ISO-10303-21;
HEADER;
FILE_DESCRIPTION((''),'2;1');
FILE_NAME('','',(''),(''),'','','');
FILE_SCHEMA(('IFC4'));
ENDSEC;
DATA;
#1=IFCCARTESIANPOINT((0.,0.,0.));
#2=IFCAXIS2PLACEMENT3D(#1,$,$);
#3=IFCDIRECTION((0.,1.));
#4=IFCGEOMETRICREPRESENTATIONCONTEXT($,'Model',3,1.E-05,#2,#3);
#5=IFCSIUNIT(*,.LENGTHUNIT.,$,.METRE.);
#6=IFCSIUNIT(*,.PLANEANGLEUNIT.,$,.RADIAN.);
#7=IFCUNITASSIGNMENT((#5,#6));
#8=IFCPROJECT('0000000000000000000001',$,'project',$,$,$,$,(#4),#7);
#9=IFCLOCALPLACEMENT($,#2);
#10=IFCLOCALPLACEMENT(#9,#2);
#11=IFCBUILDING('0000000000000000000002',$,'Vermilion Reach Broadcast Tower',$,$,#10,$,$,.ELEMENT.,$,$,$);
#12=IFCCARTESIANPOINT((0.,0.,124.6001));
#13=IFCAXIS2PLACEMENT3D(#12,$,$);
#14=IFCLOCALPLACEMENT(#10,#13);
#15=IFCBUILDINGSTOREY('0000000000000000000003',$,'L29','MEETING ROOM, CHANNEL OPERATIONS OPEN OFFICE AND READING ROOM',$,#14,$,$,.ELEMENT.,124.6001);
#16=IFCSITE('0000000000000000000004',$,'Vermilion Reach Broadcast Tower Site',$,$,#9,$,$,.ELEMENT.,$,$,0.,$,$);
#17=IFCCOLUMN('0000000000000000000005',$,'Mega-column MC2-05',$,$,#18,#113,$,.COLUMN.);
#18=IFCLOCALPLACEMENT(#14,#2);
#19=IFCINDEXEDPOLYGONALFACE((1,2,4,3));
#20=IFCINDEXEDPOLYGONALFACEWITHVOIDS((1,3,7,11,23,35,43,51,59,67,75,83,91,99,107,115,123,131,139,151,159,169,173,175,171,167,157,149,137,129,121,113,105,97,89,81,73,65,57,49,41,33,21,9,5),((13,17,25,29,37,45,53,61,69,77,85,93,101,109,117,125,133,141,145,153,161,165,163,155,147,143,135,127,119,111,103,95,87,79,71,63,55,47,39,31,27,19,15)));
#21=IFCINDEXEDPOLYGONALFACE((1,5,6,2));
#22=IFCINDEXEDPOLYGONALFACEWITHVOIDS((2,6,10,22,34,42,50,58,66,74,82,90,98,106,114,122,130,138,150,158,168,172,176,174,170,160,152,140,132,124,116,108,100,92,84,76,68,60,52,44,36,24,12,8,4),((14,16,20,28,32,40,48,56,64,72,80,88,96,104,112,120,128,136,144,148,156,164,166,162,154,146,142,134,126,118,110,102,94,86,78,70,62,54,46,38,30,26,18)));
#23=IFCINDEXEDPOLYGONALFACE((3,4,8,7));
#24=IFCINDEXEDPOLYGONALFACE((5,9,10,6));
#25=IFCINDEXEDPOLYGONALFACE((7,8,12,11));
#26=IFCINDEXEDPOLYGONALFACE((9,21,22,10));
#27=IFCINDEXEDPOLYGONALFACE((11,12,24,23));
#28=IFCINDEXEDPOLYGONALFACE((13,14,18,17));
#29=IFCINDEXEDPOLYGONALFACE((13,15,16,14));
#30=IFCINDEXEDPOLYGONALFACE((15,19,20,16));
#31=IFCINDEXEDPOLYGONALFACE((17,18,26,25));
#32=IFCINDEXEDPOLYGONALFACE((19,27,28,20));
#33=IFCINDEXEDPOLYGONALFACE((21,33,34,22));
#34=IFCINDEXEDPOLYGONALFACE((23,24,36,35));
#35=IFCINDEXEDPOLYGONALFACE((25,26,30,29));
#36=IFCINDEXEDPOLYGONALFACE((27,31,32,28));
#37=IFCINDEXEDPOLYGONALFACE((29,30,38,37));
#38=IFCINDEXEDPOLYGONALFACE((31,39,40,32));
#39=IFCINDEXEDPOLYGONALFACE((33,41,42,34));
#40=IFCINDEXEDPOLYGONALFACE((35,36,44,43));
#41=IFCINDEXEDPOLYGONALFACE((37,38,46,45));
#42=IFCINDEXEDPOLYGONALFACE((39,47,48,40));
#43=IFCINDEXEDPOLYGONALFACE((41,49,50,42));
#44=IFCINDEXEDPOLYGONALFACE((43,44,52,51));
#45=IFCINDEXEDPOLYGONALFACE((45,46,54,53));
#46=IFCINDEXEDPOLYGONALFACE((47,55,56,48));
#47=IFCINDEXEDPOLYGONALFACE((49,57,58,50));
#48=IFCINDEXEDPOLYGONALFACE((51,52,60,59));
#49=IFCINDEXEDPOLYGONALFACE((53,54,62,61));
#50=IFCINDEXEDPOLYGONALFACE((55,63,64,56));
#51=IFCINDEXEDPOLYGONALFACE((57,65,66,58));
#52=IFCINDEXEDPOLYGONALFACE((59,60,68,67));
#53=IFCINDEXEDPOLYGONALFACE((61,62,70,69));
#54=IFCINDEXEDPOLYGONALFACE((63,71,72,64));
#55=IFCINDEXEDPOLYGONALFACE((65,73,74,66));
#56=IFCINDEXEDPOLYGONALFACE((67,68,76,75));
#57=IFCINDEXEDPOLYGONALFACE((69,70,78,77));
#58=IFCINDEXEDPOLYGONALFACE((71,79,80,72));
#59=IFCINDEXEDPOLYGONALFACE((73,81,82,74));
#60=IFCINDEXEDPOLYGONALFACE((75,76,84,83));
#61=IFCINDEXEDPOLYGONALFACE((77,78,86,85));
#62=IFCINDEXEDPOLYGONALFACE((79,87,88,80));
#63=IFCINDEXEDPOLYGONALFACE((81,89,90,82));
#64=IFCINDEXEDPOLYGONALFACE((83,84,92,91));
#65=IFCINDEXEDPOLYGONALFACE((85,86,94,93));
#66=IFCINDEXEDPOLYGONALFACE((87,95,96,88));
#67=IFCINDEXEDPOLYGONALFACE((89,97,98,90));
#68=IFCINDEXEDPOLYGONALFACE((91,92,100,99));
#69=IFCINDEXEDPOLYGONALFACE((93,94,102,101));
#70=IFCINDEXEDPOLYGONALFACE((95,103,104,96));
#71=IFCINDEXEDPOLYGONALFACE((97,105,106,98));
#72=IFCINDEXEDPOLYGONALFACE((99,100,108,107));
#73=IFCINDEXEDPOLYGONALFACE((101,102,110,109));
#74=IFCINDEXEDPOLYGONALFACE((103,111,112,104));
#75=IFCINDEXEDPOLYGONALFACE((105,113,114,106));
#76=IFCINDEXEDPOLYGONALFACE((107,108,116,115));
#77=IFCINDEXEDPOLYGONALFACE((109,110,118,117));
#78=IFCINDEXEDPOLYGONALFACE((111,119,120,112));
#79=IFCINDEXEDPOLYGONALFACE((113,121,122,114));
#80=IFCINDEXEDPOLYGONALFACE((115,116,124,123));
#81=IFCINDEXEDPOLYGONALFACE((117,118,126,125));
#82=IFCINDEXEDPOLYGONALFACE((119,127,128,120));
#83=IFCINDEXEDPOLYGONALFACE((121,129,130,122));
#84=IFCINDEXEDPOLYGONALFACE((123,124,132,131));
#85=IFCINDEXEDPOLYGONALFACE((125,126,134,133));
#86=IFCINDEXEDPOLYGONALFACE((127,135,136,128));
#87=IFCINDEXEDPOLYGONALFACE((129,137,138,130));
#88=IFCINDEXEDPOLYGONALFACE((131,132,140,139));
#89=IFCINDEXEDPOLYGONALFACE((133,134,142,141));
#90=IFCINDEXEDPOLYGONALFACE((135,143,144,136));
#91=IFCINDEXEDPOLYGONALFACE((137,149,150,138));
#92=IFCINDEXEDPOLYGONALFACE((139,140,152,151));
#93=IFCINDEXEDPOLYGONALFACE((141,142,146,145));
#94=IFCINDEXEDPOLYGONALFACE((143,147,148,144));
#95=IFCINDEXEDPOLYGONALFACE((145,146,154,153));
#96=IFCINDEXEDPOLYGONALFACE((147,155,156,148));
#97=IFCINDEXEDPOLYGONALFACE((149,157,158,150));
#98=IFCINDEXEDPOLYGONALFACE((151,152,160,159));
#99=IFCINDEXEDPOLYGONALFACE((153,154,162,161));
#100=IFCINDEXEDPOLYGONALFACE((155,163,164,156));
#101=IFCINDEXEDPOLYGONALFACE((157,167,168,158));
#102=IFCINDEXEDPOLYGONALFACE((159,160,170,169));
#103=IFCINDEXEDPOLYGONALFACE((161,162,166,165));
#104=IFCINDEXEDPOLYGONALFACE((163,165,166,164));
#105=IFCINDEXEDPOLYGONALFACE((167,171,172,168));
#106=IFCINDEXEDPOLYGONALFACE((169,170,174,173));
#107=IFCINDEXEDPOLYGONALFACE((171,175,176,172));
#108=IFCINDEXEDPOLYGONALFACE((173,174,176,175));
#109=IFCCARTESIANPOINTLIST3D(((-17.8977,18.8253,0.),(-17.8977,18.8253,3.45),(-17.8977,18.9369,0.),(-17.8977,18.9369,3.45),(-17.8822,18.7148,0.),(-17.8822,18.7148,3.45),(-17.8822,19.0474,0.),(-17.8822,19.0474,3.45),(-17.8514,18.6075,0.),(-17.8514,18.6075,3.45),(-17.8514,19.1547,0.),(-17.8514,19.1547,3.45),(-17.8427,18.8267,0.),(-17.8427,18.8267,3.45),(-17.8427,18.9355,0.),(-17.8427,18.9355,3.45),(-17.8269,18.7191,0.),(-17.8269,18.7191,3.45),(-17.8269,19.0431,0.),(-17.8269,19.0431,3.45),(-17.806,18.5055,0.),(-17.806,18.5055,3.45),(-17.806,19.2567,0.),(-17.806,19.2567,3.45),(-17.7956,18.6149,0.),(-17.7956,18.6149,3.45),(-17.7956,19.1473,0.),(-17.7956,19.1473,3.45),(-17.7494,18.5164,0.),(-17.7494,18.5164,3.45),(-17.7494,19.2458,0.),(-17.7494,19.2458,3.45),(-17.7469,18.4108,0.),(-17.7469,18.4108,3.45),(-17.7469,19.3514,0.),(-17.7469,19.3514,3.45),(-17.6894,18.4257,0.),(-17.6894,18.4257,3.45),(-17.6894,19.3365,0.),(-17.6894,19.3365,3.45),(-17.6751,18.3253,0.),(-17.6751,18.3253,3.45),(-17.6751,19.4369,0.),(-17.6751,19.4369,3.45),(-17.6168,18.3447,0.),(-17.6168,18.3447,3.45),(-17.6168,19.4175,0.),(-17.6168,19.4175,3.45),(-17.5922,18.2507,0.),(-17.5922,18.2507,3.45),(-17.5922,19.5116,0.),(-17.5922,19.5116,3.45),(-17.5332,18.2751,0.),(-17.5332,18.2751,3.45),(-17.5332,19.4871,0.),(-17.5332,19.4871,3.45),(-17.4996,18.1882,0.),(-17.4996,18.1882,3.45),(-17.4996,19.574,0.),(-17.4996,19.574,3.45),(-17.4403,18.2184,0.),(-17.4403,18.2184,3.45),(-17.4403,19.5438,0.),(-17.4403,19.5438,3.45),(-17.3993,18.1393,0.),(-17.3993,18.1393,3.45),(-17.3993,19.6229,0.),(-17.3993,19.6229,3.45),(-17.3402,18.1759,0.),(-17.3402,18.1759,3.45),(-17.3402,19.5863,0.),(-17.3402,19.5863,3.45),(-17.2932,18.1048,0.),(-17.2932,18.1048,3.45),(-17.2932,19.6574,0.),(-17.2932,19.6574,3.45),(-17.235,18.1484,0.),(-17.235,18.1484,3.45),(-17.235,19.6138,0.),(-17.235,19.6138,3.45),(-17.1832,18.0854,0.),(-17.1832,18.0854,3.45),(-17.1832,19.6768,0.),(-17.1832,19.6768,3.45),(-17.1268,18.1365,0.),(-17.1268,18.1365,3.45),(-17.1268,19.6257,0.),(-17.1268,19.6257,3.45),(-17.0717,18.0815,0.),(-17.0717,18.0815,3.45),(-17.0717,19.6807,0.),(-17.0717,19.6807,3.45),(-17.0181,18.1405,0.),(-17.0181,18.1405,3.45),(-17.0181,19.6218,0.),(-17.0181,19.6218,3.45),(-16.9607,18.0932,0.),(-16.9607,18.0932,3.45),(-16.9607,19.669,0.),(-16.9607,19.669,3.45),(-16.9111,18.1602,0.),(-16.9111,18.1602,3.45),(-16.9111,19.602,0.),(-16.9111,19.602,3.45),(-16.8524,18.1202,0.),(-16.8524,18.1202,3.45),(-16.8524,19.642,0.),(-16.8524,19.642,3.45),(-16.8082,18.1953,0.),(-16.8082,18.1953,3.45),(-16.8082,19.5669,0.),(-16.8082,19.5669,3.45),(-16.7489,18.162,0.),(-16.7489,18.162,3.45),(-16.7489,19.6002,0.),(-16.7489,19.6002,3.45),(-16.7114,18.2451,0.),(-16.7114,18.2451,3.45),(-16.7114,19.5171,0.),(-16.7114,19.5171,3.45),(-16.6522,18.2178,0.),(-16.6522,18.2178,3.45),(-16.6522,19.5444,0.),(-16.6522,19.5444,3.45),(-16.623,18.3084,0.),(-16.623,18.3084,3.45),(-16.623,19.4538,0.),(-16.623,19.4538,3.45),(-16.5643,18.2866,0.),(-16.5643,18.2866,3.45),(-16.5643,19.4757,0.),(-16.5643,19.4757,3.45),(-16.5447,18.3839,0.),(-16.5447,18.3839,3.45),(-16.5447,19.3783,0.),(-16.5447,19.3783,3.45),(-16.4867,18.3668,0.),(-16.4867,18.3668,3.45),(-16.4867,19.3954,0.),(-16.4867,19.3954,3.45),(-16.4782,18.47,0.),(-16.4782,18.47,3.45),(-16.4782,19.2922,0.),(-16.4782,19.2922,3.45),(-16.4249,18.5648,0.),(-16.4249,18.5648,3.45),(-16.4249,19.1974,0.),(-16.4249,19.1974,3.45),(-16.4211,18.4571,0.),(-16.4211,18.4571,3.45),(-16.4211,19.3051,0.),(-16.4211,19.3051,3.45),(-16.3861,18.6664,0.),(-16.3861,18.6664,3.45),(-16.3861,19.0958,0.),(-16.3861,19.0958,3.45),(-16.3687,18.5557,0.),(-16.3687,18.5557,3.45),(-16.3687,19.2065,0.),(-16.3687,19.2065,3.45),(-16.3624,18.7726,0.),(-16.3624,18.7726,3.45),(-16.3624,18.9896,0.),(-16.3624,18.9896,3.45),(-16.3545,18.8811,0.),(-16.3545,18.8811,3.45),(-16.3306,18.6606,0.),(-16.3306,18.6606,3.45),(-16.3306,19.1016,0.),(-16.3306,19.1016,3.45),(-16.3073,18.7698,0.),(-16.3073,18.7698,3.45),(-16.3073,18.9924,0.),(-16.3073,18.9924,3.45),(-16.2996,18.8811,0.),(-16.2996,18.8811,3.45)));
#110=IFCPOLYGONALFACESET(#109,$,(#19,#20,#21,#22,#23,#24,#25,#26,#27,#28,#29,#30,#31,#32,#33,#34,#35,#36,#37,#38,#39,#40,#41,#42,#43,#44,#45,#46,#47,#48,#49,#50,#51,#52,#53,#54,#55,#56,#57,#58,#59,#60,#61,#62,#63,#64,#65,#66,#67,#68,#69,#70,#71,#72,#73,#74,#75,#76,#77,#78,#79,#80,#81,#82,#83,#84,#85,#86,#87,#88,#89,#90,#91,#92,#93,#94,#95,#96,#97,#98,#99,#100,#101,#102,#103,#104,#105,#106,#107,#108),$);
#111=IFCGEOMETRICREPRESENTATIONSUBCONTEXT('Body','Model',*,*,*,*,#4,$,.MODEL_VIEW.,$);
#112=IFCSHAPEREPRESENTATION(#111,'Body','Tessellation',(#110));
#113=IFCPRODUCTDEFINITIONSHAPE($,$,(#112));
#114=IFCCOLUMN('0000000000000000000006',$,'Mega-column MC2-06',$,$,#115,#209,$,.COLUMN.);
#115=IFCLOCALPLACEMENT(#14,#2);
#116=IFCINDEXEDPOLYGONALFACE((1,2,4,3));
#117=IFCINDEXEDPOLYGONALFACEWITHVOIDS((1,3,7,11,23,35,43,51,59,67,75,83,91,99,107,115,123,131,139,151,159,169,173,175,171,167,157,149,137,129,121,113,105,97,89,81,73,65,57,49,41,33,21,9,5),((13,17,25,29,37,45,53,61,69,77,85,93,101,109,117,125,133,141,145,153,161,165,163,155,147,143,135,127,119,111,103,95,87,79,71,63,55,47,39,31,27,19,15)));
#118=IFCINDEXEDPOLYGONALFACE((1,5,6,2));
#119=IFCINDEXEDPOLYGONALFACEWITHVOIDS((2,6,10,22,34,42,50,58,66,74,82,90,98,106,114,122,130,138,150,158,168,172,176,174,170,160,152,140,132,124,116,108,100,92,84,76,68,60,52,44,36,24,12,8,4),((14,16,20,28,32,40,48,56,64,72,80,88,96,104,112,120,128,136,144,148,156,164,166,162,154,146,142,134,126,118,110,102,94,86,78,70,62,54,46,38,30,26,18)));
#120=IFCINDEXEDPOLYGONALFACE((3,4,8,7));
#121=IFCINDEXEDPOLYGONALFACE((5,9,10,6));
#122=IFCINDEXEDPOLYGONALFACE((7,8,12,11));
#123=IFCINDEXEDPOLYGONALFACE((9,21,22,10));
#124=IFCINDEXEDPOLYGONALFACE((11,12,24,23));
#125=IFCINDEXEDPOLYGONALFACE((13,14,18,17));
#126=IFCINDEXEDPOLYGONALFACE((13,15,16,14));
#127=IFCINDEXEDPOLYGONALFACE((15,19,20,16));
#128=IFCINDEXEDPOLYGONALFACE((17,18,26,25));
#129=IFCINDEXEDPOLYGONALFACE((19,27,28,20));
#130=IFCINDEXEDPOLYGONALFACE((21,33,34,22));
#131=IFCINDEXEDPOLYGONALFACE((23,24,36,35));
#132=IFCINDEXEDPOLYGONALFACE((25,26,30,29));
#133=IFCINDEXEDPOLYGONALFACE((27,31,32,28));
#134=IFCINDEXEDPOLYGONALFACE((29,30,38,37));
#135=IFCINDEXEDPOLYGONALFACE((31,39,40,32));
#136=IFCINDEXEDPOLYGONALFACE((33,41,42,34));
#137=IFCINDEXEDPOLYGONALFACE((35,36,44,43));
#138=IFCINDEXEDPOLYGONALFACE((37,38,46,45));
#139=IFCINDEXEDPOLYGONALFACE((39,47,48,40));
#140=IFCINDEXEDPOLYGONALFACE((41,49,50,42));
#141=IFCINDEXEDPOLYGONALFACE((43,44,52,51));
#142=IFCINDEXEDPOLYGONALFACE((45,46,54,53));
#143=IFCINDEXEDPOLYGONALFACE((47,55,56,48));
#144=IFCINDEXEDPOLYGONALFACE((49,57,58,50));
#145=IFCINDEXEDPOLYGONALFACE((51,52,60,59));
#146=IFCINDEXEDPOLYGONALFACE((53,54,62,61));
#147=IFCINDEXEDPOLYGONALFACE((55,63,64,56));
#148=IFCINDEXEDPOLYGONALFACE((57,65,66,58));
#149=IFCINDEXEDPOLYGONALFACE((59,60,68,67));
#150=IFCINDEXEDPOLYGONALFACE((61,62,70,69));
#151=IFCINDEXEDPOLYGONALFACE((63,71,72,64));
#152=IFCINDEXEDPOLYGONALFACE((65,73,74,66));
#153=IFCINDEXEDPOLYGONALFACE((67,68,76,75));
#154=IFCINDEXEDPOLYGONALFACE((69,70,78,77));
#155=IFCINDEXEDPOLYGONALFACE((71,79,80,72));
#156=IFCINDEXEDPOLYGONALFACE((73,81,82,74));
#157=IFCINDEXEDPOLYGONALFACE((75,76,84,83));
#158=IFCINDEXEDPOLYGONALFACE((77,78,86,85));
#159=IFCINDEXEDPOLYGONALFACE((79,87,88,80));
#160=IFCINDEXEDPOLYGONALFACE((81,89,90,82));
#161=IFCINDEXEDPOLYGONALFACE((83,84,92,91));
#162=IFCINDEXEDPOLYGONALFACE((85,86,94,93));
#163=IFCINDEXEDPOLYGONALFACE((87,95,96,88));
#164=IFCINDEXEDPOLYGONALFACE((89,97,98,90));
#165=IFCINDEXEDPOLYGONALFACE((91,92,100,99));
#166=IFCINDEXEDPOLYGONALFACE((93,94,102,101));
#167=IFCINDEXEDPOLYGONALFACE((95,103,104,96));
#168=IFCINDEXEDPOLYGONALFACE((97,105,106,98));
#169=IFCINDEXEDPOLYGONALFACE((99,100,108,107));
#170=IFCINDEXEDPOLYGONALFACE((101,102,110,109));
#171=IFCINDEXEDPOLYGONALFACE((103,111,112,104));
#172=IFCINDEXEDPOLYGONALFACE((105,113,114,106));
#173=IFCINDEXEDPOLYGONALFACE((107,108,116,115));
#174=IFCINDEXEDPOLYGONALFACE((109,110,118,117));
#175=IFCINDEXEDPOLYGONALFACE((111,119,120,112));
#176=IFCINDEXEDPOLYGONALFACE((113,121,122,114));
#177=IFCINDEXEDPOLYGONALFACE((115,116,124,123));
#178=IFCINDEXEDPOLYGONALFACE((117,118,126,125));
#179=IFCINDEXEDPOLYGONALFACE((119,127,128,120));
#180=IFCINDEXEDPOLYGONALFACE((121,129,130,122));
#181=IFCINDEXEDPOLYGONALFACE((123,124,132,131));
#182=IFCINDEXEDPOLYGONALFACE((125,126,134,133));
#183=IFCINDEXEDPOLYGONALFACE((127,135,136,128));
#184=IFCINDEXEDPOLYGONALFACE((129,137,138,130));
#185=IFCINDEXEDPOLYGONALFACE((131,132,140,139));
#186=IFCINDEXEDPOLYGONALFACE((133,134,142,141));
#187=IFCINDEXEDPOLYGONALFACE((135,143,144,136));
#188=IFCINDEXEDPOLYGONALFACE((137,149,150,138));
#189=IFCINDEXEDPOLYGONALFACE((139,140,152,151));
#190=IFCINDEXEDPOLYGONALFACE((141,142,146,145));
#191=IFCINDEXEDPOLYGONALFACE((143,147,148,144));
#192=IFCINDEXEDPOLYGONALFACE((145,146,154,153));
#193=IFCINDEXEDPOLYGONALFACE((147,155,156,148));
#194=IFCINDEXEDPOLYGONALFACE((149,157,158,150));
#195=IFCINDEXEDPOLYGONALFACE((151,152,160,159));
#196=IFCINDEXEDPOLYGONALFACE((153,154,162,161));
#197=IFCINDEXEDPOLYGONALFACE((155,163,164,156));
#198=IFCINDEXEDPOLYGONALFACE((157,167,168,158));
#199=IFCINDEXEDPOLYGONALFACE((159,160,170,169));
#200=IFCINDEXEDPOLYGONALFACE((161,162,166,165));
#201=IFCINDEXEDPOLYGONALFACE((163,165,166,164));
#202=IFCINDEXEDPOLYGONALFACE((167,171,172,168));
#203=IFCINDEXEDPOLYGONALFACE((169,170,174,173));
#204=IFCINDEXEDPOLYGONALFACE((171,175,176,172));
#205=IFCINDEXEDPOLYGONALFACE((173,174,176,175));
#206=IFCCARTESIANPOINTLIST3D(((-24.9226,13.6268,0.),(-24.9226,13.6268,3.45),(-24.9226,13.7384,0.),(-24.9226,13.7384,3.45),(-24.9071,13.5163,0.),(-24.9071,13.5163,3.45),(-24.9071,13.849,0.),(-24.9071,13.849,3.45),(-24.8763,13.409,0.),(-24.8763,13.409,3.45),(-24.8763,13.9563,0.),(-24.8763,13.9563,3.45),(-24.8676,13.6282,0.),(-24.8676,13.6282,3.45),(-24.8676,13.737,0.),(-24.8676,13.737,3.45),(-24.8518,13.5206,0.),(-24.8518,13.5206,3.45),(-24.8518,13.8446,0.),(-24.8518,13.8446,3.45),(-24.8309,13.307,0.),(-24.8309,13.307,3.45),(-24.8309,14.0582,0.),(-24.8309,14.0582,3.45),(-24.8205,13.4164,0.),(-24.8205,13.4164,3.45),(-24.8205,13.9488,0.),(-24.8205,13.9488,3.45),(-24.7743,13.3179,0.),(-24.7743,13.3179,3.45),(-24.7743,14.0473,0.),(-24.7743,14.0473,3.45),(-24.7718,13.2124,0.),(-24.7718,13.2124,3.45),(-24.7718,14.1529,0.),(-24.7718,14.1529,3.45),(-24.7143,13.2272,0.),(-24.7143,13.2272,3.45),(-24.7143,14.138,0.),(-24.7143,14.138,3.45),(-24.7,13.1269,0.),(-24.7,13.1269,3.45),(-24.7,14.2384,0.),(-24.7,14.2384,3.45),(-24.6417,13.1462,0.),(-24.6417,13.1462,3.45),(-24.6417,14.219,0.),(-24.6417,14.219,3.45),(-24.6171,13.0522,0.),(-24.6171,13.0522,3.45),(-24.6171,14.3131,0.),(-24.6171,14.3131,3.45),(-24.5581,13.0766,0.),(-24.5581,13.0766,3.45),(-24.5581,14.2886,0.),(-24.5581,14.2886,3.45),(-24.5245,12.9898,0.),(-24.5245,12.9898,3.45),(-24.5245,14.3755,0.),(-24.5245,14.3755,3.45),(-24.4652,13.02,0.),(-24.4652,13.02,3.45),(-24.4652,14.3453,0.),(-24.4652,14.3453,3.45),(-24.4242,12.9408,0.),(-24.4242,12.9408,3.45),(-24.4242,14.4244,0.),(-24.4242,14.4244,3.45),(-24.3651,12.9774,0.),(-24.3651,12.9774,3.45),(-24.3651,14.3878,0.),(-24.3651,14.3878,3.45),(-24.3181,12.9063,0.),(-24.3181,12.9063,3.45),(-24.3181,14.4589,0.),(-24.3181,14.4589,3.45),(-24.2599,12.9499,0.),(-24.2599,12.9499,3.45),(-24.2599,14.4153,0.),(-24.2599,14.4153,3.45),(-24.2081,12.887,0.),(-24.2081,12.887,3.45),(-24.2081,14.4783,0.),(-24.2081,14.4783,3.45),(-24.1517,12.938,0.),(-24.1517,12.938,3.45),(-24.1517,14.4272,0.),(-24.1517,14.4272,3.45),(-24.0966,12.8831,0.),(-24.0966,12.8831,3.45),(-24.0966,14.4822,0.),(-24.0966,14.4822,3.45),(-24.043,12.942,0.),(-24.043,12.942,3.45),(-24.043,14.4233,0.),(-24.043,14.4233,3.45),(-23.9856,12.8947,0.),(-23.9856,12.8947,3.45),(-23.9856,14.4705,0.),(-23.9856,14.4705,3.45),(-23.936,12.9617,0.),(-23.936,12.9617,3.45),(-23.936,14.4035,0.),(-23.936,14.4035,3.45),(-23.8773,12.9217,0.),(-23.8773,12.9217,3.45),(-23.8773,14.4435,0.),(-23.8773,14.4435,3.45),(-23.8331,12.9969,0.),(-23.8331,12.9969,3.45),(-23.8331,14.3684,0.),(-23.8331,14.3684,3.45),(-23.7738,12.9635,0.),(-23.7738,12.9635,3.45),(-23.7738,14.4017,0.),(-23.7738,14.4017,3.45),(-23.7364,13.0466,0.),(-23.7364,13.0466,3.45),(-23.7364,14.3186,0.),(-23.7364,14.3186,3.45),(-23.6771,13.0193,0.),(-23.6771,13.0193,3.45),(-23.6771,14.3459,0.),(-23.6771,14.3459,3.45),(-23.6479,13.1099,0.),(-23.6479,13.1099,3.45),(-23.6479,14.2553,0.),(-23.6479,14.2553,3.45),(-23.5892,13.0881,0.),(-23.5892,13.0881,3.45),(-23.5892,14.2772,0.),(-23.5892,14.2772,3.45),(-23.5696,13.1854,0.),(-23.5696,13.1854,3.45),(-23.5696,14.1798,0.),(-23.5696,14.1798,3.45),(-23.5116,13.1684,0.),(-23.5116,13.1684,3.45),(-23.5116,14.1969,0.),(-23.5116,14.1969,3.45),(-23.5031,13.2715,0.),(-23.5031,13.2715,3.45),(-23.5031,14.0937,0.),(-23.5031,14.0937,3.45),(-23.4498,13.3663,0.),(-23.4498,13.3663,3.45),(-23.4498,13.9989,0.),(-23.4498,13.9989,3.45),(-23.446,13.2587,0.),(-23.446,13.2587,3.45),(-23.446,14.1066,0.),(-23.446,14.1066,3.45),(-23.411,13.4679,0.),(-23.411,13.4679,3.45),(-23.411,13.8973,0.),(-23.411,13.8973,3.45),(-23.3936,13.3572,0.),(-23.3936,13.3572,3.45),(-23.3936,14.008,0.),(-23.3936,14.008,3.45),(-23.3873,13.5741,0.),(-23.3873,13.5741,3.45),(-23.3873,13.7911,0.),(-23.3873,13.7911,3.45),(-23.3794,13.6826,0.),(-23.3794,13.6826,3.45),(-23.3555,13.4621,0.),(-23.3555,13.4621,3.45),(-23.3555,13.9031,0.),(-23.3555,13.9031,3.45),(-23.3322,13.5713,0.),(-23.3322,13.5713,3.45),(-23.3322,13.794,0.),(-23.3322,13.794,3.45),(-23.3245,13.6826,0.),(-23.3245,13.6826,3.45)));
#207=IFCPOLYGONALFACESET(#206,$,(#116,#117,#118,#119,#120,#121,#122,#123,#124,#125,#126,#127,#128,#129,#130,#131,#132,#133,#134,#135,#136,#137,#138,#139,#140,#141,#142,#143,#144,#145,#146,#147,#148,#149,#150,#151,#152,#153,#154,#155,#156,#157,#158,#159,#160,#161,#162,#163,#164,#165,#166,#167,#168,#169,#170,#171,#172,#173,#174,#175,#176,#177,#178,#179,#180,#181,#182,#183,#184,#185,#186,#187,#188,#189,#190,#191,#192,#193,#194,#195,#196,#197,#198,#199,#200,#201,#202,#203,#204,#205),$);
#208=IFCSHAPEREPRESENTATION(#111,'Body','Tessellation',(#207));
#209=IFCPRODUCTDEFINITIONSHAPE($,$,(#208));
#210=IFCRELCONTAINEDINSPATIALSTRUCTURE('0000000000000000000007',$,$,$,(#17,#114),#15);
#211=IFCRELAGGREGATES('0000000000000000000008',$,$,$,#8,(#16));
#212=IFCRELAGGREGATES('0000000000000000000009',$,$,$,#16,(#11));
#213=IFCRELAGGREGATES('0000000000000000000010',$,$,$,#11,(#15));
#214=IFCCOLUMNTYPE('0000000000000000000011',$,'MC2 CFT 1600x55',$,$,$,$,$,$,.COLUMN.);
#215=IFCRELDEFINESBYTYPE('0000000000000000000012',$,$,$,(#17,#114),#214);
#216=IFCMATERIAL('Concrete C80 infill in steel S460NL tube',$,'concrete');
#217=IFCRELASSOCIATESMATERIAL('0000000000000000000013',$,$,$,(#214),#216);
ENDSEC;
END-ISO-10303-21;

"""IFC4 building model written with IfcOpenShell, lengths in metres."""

from ifc_helpers import new_model, si_unit, direction, frame, origin, origin_2d, place, context, subcontext, project, spatial, hollow_circle, extrude, material, material_profile, profile_set, type_object, element, save


model = new_model("IFC4")

# Units and contexts
model_context = context("Model", 3, precision=1e-05, world=origin(), true_north=direction((0.0, 1.0)))
body_context = subcontext(model_context, "Body", "Model", "MODEL_VIEW")
ifc_project = project(units=[si_unit("LENGTHUNIT", "METRE"), si_unit("PLANEANGLEUNIT", "RADIAN")], contexts=[model_context])

# Site, building, storey
site_placement = place(None, origin())
site = spatial("IfcSite", under=ifc_project, at=site_placement, Name="Vermilion Reach Broadcast Tower Site", CompositionType="ELEMENT", RefElevation=0.0)
building_placement = place(site_placement, origin())
building = spatial("IfcBuilding", under=site, at=building_placement, Name="Vermilion Reach Broadcast Tower", CompositionType="ELEMENT")
storey_placement = place(building_placement, frame((0.0, 0.0, 124.6001)))
storey = spatial("IfcBuildingStorey", under=building, at=storey_placement, Name="L29", Description="MEETING ROOM, CHANNEL OPERATIONS OPEN OFFICE AND READING ROOM", CompositionType="ELEMENT", Elevation=124.6001)

# Columns
ifc_material_1 = material(Name="Concrete C80 infill in steel S460NL tube", Category="concrete")
ifc_material_profile_1 = material_profile(ifc_material_1, hollow_circle(Radius=0.8, WallThickness=0.0549, at=origin_2d()), Name="Concrete C80 infill in steel S460NL tube CFT 1600x55")
ifc_profile_set_1 = profile_set([ifc_material_profile_1], Name="Concrete C80 infill in steel S460NL tube")
column_type = type_object("IfcColumnType", Name="MC2 CFT 1600x55", PredefinedType="COLUMN", material=ifc_profile_set_1)
for number, where, z_axis, x_axis, name in (
    (1, (-17.0996, 18.8811, 0.0), (0.0, 0.0, 1.0), (1.0, 0.0, 0.0), "Mega-column MC2-05"),
    (2, (-24.1245, 13.6826, 0.0), (0.0, 0.0, 1.0), (1.0, 0.0, 0.0), "Mega-column MC2-06"),
):
    element("IfcColumn", number, at=place(storey_placement, frame(where, z_axis=z_axis, x_axis=x_axis)), inside=storey, type_object=column_type, Name=name, PredefinedType="COLUMN", context=body_context, shape_type="SweptSolid", body=[
        extrude(hollow_circle(Radius=0.8, WallThickness=0.0549, at=origin_2d()), origin(), (0.0, 0.0, 1.0), 3.45),
    ])

save(model, "model.ifc")
